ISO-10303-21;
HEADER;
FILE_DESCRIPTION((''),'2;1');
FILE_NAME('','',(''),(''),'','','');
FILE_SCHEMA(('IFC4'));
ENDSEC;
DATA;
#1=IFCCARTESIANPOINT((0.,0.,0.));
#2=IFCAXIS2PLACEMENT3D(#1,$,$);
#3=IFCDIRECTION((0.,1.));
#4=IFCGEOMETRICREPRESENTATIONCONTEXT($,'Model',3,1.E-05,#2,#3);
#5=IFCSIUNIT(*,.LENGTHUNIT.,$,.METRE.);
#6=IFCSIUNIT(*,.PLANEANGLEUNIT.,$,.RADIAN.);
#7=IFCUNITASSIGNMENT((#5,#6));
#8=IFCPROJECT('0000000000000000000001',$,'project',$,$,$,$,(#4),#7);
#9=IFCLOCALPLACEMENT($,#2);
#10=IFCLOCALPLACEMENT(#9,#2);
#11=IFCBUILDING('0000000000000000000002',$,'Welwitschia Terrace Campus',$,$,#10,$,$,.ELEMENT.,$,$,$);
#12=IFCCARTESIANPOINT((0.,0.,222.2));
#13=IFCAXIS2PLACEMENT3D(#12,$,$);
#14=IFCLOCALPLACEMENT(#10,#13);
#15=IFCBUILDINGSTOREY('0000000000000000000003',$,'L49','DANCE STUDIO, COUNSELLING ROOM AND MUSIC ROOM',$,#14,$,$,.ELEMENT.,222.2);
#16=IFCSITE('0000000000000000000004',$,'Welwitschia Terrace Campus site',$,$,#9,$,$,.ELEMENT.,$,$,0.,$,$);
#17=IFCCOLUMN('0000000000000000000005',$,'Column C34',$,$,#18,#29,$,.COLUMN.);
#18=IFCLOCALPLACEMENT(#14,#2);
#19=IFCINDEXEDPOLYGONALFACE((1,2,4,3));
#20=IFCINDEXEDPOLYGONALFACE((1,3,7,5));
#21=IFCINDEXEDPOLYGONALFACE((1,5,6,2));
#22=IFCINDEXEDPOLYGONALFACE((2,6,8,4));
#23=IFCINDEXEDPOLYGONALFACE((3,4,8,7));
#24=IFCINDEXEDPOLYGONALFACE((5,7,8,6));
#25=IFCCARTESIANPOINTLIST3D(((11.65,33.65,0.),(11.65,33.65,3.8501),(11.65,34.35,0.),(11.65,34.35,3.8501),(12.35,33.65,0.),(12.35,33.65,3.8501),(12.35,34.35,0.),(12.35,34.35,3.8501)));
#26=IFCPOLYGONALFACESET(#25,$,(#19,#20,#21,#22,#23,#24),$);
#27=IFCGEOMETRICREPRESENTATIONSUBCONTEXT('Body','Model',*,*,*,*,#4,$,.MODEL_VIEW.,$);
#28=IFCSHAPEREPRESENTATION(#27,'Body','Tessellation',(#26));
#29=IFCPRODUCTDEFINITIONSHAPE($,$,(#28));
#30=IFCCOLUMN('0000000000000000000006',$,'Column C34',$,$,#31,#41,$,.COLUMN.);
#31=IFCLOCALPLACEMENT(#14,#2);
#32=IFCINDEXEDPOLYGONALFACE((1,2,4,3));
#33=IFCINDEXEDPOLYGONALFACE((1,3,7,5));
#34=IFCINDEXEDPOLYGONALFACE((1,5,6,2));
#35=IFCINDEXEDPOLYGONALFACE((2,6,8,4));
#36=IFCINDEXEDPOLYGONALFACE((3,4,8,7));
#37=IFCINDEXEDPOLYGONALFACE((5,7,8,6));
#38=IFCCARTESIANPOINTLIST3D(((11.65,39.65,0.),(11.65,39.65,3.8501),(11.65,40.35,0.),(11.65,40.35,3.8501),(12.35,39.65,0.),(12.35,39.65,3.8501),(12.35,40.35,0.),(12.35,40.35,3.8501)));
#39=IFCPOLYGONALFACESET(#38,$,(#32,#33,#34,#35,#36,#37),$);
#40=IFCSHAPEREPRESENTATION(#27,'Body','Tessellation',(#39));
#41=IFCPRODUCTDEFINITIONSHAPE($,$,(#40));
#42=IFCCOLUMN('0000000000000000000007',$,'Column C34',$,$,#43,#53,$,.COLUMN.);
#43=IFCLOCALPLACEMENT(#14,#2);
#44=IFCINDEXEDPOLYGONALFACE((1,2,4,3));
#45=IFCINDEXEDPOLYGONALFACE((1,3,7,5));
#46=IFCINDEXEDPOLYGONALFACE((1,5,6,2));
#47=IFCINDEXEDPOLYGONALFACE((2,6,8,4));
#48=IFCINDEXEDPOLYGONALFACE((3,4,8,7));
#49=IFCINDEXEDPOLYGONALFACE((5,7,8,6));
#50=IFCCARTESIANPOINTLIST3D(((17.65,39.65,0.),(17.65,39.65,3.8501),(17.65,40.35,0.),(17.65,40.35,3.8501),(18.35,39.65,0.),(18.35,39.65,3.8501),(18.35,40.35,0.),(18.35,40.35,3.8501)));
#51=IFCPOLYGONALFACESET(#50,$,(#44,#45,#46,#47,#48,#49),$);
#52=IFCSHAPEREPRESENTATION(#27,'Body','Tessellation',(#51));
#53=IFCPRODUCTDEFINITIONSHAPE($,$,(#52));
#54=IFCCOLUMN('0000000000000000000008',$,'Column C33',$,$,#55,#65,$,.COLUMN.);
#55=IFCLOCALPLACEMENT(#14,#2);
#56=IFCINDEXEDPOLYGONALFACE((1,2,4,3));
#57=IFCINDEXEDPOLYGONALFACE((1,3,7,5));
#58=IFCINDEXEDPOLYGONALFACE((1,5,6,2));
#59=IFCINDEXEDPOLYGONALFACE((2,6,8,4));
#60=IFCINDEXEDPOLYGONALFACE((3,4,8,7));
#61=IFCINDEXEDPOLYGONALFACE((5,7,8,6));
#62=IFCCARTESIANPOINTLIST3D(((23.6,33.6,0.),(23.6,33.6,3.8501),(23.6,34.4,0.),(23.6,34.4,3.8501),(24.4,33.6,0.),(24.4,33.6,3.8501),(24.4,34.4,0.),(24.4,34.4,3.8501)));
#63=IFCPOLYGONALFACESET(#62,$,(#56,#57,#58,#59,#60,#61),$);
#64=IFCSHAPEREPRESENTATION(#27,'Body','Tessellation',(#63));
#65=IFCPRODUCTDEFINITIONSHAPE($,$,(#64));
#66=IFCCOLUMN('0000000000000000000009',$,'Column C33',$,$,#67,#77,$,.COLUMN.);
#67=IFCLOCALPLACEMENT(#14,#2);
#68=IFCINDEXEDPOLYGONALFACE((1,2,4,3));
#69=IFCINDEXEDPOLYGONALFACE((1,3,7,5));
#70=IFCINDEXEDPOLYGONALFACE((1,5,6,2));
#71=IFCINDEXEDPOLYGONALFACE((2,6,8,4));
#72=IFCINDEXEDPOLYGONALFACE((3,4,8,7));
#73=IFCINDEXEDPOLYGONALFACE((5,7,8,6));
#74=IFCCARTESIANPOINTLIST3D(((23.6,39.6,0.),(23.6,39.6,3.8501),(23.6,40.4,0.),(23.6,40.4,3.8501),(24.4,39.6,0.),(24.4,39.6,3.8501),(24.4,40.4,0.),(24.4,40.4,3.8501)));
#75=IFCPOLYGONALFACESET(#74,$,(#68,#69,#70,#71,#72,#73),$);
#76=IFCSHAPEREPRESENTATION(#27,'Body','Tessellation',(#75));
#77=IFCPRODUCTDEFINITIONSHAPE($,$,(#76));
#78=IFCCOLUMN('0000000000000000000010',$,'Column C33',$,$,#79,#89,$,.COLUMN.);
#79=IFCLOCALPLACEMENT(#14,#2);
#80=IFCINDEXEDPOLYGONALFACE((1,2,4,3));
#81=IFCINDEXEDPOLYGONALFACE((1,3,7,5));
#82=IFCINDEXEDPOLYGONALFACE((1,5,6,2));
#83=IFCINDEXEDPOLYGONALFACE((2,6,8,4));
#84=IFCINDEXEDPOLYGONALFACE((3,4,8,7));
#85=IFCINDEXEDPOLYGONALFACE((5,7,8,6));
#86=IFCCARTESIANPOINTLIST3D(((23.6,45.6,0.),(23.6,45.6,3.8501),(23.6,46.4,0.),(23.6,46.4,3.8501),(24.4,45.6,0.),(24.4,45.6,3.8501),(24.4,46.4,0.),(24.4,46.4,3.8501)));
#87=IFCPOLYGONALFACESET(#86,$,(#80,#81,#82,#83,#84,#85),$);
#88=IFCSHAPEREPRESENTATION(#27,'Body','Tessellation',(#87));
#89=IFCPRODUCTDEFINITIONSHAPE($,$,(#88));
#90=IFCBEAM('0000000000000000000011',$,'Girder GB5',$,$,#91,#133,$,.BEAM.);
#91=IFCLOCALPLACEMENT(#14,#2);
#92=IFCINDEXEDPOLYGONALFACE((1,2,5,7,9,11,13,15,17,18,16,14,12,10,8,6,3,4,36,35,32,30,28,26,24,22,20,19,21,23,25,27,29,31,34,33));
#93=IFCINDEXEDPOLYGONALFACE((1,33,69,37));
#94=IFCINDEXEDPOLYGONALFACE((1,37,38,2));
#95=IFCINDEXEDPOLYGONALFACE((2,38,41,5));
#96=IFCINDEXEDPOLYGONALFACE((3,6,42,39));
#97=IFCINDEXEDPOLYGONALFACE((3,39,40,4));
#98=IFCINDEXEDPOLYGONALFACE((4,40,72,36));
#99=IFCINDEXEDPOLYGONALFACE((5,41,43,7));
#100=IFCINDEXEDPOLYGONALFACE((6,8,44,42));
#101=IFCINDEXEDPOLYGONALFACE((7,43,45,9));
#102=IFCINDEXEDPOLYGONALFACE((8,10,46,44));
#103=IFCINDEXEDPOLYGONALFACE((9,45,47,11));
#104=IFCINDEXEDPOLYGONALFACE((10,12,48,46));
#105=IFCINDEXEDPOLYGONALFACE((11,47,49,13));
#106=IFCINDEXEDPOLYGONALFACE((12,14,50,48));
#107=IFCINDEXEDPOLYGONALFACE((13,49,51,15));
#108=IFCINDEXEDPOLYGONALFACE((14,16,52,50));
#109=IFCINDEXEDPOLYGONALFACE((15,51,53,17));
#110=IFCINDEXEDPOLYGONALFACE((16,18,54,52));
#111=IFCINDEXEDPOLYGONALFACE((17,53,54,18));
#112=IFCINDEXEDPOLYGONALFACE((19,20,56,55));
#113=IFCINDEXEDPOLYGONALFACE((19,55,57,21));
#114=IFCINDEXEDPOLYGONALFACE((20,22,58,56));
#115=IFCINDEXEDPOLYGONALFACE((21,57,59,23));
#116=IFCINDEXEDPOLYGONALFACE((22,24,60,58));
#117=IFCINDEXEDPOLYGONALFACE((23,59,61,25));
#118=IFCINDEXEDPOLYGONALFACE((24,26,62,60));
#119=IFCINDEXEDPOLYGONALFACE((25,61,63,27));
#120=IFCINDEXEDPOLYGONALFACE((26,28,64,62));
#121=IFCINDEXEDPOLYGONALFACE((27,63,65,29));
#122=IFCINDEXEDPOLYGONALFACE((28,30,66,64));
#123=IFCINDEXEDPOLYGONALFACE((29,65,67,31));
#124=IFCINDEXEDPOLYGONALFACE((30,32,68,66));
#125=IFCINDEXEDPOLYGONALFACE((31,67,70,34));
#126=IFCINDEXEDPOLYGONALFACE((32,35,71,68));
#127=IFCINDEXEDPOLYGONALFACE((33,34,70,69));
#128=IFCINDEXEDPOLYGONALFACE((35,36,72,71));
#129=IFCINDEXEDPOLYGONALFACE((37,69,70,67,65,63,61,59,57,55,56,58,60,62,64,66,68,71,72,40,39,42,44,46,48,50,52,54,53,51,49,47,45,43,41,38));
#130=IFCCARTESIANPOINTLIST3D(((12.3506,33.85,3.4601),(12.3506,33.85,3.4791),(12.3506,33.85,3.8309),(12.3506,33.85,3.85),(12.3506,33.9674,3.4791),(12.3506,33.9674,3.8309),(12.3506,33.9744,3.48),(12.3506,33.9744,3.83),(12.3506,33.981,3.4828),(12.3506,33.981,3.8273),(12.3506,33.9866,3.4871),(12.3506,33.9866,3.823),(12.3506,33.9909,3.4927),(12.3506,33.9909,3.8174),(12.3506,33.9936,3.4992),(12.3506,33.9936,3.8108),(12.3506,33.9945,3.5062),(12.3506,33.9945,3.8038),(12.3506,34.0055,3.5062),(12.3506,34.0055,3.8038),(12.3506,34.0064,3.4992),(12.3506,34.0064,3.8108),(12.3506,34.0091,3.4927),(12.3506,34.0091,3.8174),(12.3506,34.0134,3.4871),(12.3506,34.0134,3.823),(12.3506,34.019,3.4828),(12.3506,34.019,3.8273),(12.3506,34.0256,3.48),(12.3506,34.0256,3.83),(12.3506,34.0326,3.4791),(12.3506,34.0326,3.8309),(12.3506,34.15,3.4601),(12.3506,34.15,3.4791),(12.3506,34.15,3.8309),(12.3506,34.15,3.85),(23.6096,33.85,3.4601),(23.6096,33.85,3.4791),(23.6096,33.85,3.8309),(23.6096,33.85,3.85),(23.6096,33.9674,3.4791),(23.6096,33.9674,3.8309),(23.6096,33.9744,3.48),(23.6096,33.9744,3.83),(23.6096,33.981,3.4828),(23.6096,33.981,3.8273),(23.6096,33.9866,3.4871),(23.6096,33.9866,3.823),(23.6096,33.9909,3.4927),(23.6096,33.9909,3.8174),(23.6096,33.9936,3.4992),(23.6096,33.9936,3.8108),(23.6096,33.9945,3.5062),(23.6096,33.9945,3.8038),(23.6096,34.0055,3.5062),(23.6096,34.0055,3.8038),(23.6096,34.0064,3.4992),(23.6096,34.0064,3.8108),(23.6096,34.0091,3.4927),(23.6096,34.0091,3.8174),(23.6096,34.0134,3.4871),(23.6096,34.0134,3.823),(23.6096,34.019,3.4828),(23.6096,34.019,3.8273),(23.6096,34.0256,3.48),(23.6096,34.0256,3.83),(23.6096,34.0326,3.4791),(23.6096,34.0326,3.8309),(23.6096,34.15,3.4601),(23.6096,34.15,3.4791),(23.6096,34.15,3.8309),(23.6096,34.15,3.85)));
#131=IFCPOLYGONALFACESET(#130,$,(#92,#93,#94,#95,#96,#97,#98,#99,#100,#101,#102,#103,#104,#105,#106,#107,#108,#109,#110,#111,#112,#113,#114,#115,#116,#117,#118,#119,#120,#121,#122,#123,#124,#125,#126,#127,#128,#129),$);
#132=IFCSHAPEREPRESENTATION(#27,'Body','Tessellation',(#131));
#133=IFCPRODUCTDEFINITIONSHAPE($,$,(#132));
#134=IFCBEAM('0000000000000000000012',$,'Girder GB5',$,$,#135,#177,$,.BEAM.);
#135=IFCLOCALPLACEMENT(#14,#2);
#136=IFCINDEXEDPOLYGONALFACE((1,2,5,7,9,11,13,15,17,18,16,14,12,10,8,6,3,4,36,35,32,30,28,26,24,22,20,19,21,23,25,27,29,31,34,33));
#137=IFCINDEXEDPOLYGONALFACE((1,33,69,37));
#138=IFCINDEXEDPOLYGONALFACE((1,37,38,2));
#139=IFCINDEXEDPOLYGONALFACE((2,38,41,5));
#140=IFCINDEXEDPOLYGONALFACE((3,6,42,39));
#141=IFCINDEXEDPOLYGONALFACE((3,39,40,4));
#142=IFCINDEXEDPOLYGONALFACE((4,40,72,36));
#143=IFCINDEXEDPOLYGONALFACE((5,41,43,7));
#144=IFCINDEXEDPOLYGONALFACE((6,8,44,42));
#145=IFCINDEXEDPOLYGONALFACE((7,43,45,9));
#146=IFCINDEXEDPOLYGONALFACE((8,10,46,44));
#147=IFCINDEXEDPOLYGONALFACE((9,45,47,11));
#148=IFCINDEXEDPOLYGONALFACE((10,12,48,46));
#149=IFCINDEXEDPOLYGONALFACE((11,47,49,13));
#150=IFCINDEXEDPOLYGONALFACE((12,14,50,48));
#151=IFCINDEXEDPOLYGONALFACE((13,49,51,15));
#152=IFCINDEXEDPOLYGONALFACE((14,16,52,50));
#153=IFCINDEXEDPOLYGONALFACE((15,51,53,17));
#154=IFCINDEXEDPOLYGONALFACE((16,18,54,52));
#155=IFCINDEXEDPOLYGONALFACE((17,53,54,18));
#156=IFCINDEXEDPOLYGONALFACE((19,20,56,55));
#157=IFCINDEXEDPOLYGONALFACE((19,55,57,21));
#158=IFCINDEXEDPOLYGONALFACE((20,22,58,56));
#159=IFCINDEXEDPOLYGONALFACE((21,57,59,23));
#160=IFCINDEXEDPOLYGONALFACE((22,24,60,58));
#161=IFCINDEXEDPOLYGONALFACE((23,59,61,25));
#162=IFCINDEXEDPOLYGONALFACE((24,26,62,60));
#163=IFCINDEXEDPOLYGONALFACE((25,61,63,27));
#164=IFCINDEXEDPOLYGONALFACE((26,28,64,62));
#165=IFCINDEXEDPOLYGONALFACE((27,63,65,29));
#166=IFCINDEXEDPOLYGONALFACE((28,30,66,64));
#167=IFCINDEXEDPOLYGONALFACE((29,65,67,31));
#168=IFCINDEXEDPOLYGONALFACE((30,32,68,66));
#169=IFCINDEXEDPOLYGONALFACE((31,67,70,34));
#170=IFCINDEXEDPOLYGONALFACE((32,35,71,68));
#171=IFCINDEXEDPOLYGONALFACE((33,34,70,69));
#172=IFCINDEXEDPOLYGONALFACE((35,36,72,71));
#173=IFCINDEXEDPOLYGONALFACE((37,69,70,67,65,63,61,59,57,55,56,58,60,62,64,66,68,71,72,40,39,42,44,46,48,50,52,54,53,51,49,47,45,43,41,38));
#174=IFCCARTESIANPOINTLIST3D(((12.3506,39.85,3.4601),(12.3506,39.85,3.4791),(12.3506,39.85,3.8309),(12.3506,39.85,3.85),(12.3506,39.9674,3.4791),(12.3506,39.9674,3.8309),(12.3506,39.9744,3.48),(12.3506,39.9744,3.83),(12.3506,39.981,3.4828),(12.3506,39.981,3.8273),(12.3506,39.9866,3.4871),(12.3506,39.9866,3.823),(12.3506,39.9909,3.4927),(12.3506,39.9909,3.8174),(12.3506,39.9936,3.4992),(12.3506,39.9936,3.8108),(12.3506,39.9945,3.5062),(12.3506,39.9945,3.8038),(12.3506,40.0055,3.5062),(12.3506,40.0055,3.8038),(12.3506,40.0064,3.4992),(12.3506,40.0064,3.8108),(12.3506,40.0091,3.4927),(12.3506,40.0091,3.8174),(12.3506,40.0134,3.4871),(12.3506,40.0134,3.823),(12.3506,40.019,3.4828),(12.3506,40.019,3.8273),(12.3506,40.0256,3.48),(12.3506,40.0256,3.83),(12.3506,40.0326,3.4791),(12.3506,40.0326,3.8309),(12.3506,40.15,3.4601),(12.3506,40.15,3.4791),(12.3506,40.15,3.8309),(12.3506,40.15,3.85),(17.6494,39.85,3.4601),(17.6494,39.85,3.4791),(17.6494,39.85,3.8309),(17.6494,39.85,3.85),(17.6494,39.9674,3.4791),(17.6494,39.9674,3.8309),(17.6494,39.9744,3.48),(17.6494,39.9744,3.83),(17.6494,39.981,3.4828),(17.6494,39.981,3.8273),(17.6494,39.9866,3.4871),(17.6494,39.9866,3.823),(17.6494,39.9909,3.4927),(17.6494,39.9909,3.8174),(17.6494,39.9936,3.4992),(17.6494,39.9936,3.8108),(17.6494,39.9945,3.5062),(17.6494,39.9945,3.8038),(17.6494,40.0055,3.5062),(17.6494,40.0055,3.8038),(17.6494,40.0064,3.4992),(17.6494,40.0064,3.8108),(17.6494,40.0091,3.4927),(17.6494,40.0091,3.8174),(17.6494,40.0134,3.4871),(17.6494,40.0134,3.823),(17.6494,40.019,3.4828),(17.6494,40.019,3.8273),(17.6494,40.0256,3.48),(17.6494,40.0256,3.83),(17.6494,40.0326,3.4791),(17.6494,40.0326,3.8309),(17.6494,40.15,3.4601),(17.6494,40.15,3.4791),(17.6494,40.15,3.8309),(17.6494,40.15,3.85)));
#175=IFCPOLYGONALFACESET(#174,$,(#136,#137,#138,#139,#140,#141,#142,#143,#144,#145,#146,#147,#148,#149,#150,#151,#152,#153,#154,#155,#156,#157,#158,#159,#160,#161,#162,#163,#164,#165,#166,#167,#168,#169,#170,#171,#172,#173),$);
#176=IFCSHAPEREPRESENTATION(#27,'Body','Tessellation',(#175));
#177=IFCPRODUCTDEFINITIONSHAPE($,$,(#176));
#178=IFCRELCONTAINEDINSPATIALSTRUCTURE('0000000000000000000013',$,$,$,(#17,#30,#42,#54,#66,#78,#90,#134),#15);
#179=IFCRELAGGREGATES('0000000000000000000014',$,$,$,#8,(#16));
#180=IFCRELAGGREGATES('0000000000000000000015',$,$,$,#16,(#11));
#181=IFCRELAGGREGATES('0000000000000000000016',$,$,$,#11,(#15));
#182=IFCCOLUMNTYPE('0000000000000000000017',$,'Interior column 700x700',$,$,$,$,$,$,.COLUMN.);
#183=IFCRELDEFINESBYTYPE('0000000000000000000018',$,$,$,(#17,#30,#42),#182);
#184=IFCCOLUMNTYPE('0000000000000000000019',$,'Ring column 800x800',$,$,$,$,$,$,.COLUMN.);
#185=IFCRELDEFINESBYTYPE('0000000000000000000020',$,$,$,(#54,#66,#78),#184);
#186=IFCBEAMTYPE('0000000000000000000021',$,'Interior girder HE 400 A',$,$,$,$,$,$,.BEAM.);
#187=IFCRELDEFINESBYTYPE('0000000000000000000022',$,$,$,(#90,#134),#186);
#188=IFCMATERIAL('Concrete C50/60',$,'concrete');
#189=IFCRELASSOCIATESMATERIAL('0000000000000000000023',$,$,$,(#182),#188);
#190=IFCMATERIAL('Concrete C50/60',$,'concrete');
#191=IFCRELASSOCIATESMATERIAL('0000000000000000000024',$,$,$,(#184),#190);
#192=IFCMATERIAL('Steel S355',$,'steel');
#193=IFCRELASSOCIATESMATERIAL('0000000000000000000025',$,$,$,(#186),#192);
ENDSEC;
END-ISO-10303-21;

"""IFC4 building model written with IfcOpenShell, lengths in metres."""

from ifc_helpers import new_model, si_unit, direction, frame, origin, origin_2d, place, context, subcontext, project, spatial, rectangle, i_section, extrude, material, material_profile, profile_set, type_object, element, save


model = new_model("IFC4")

# Units and contexts
model_context = context("Model", 3, precision=1e-05, world=origin(), true_north=direction((0.0, 1.0)))
body_context = subcontext(model_context, "Body", "Model", "MODEL_VIEW")
ifc_project = project(units=[si_unit("LENGTHUNIT", "METRE"), si_unit("PLANEANGLEUNIT", "RADIAN")], contexts=[model_context])

# Site, building, storey
site_placement = place(None, origin())
site = spatial("IfcSite", under=ifc_project, at=site_placement, Name="Welwitschia Terrace Campus site", CompositionType="ELEMENT", RefElevation=0.0)
building_placement = place(site_placement, origin())
building = spatial("IfcBuilding", under=site, at=building_placement, Name="Welwitschia Terrace Campus", CompositionType="ELEMENT")
storey_placement = place(building_placement, frame((0.0, 0.0, 222.2)))
storey = spatial("IfcBuildingStorey", under=building, at=storey_placement, Name="L49", Description="DANCE STUDIO, COUNSELLING ROOM AND MUSIC ROOM", CompositionType="ELEMENT", Elevation=222.2)

# Columns
ifc_material_1 = material(Name="Concrete C50/60", Category="concrete")
ifc_material_profile_1 = material_profile(ifc_material_1, rectangle(XDim=0.7, YDim=0.7, at=origin_2d()))
ifc_profile_set_1 = profile_set([ifc_material_profile_1], Name="Concrete C50/60")
column_type_1 = type_object("IfcColumnType", Name="Interior column 700x700", PredefinedType="COLUMN", material=ifc_profile_set_1)
for number, where, z_axis, x_axis, name in (
    (1, (12.0, 34.0, 0.0), (0.0, 0.0, 1.0), (1.0, 0.0, 0.0), "Column C34"),
    (2, (12.0, 40.0, 0.0), (0.0, 0.0, 1.0), (1.0, 0.0, 0.0), "Column C34"),
    (3, (18.0, 40.0, 0.0), (0.0, 0.0, 1.0), (1.0, 0.0, 0.0), "Column C34"),
):
    element("IfcColumn", number, at=place(storey_placement, frame(where, z_axis=z_axis, x_axis=x_axis)), inside=storey, type_object=column_type_1, Name=name, PredefinedType="COLUMN", context=body_context, shape_type="SweptSolid", body=[
        extrude(rectangle(XDim=0.7, YDim=0.7, at=origin_2d()), origin(), (0.0, 0.0, 1.0), 3.8501),
    ])
ifc_material_2 = material(Name="Concrete C50/60", Category="concrete")
ifc_material_profile_2 = material_profile(ifc_material_2, rectangle(XDim=0.8, YDim=0.8, at=origin_2d()))
ifc_profile_set_2 = profile_set([ifc_material_profile_2], Name="Concrete C50/60")
column_type_2 = type_object("IfcColumnType", Name="Ring column 800x800", PredefinedType="COLUMN", material=ifc_profile_set_2)
for number, where, z_axis, x_axis, name in (
    (4, (24.0, 34.0, 0.0), (0.0, 0.0, 1.0), (1.0, 0.0, 0.0), "Column C33"),
    (5, (24.0, 40.0, 0.0), (0.0, 0.0, 1.0), (1.0, 0.0, 0.0), "Column C33"),
    (6, (24.0, 46.0, 0.0), (0.0, 0.0, 1.0), (1.0, 0.0, 0.0), "Column C33"),
):
    element("IfcColumn", number, at=place(storey_placement, frame(where, z_axis=z_axis, x_axis=x_axis)), inside=storey, type_object=column_type_2, Name=name, PredefinedType="COLUMN", context=body_context, shape_type="SweptSolid", body=[
        extrude(rectangle(XDim=0.8, YDim=0.8, at=origin_2d()), origin(), (0.0, 0.0, 1.0), 3.8501),
    ])

# Beams
ifc_material_3 = material(Name="Steel S355", Category="steel")
ifc_material_profile_3 = material_profile(ifc_material_3, i_section(OverallWidth=0.3, OverallDepth=0.3899, WebThickness=0.011, FlangeThickness=0.019, FilletRadius=0.0271, at=origin_2d()))
ifc_profile_set_3 = profile_set([ifc_material_profile_3], Name="Steel S355")
beam_type_1 = type_object("IfcBeamType", Name="Interior girder HE 400 A", PredefinedType="BEAM", material=ifc_profile_set_3)
beam_1_placement = place(storey_placement, frame((12.3506, 34.0, 3.655), z_axis=(1.0, 0.0, 0.0), x_axis=(0.0, 1.0, 0.0)))
element("IfcBeam", 7, at=beam_1_placement, inside=storey, type_object=beam_type_1, Name="Girder GB5", PredefinedType="BEAM", context=body_context, shape_type="SweptSolid", body=[
    extrude(i_section(OverallWidth=0.3, OverallDepth=0.3899, WebThickness=0.011, FlangeThickness=0.019, FilletRadius=0.0271, at=origin_2d()), origin(), (0.0, 0.0, 1.0), 11.259),
])
beam_2_placement = place(storey_placement, frame((12.3506, 40.0, 3.655), z_axis=(1.0, 0.0, 0.0), x_axis=(0.0, 1.0, 0.0)))
element("IfcBeam", 8, at=beam_2_placement, inside=storey, type_object=beam_type_1, Name="Girder GB5", PredefinedType="BEAM", context=body_context, shape_type="SweptSolid", body=[
    extrude(i_section(OverallWidth=0.3, OverallDepth=0.3899, WebThickness=0.011, FlangeThickness=0.019, FilletRadius=0.0271, at=origin_2d()), origin(), (0.0, 0.0, 1.0), 5.2988),
])

save(model, "model.ifc")
